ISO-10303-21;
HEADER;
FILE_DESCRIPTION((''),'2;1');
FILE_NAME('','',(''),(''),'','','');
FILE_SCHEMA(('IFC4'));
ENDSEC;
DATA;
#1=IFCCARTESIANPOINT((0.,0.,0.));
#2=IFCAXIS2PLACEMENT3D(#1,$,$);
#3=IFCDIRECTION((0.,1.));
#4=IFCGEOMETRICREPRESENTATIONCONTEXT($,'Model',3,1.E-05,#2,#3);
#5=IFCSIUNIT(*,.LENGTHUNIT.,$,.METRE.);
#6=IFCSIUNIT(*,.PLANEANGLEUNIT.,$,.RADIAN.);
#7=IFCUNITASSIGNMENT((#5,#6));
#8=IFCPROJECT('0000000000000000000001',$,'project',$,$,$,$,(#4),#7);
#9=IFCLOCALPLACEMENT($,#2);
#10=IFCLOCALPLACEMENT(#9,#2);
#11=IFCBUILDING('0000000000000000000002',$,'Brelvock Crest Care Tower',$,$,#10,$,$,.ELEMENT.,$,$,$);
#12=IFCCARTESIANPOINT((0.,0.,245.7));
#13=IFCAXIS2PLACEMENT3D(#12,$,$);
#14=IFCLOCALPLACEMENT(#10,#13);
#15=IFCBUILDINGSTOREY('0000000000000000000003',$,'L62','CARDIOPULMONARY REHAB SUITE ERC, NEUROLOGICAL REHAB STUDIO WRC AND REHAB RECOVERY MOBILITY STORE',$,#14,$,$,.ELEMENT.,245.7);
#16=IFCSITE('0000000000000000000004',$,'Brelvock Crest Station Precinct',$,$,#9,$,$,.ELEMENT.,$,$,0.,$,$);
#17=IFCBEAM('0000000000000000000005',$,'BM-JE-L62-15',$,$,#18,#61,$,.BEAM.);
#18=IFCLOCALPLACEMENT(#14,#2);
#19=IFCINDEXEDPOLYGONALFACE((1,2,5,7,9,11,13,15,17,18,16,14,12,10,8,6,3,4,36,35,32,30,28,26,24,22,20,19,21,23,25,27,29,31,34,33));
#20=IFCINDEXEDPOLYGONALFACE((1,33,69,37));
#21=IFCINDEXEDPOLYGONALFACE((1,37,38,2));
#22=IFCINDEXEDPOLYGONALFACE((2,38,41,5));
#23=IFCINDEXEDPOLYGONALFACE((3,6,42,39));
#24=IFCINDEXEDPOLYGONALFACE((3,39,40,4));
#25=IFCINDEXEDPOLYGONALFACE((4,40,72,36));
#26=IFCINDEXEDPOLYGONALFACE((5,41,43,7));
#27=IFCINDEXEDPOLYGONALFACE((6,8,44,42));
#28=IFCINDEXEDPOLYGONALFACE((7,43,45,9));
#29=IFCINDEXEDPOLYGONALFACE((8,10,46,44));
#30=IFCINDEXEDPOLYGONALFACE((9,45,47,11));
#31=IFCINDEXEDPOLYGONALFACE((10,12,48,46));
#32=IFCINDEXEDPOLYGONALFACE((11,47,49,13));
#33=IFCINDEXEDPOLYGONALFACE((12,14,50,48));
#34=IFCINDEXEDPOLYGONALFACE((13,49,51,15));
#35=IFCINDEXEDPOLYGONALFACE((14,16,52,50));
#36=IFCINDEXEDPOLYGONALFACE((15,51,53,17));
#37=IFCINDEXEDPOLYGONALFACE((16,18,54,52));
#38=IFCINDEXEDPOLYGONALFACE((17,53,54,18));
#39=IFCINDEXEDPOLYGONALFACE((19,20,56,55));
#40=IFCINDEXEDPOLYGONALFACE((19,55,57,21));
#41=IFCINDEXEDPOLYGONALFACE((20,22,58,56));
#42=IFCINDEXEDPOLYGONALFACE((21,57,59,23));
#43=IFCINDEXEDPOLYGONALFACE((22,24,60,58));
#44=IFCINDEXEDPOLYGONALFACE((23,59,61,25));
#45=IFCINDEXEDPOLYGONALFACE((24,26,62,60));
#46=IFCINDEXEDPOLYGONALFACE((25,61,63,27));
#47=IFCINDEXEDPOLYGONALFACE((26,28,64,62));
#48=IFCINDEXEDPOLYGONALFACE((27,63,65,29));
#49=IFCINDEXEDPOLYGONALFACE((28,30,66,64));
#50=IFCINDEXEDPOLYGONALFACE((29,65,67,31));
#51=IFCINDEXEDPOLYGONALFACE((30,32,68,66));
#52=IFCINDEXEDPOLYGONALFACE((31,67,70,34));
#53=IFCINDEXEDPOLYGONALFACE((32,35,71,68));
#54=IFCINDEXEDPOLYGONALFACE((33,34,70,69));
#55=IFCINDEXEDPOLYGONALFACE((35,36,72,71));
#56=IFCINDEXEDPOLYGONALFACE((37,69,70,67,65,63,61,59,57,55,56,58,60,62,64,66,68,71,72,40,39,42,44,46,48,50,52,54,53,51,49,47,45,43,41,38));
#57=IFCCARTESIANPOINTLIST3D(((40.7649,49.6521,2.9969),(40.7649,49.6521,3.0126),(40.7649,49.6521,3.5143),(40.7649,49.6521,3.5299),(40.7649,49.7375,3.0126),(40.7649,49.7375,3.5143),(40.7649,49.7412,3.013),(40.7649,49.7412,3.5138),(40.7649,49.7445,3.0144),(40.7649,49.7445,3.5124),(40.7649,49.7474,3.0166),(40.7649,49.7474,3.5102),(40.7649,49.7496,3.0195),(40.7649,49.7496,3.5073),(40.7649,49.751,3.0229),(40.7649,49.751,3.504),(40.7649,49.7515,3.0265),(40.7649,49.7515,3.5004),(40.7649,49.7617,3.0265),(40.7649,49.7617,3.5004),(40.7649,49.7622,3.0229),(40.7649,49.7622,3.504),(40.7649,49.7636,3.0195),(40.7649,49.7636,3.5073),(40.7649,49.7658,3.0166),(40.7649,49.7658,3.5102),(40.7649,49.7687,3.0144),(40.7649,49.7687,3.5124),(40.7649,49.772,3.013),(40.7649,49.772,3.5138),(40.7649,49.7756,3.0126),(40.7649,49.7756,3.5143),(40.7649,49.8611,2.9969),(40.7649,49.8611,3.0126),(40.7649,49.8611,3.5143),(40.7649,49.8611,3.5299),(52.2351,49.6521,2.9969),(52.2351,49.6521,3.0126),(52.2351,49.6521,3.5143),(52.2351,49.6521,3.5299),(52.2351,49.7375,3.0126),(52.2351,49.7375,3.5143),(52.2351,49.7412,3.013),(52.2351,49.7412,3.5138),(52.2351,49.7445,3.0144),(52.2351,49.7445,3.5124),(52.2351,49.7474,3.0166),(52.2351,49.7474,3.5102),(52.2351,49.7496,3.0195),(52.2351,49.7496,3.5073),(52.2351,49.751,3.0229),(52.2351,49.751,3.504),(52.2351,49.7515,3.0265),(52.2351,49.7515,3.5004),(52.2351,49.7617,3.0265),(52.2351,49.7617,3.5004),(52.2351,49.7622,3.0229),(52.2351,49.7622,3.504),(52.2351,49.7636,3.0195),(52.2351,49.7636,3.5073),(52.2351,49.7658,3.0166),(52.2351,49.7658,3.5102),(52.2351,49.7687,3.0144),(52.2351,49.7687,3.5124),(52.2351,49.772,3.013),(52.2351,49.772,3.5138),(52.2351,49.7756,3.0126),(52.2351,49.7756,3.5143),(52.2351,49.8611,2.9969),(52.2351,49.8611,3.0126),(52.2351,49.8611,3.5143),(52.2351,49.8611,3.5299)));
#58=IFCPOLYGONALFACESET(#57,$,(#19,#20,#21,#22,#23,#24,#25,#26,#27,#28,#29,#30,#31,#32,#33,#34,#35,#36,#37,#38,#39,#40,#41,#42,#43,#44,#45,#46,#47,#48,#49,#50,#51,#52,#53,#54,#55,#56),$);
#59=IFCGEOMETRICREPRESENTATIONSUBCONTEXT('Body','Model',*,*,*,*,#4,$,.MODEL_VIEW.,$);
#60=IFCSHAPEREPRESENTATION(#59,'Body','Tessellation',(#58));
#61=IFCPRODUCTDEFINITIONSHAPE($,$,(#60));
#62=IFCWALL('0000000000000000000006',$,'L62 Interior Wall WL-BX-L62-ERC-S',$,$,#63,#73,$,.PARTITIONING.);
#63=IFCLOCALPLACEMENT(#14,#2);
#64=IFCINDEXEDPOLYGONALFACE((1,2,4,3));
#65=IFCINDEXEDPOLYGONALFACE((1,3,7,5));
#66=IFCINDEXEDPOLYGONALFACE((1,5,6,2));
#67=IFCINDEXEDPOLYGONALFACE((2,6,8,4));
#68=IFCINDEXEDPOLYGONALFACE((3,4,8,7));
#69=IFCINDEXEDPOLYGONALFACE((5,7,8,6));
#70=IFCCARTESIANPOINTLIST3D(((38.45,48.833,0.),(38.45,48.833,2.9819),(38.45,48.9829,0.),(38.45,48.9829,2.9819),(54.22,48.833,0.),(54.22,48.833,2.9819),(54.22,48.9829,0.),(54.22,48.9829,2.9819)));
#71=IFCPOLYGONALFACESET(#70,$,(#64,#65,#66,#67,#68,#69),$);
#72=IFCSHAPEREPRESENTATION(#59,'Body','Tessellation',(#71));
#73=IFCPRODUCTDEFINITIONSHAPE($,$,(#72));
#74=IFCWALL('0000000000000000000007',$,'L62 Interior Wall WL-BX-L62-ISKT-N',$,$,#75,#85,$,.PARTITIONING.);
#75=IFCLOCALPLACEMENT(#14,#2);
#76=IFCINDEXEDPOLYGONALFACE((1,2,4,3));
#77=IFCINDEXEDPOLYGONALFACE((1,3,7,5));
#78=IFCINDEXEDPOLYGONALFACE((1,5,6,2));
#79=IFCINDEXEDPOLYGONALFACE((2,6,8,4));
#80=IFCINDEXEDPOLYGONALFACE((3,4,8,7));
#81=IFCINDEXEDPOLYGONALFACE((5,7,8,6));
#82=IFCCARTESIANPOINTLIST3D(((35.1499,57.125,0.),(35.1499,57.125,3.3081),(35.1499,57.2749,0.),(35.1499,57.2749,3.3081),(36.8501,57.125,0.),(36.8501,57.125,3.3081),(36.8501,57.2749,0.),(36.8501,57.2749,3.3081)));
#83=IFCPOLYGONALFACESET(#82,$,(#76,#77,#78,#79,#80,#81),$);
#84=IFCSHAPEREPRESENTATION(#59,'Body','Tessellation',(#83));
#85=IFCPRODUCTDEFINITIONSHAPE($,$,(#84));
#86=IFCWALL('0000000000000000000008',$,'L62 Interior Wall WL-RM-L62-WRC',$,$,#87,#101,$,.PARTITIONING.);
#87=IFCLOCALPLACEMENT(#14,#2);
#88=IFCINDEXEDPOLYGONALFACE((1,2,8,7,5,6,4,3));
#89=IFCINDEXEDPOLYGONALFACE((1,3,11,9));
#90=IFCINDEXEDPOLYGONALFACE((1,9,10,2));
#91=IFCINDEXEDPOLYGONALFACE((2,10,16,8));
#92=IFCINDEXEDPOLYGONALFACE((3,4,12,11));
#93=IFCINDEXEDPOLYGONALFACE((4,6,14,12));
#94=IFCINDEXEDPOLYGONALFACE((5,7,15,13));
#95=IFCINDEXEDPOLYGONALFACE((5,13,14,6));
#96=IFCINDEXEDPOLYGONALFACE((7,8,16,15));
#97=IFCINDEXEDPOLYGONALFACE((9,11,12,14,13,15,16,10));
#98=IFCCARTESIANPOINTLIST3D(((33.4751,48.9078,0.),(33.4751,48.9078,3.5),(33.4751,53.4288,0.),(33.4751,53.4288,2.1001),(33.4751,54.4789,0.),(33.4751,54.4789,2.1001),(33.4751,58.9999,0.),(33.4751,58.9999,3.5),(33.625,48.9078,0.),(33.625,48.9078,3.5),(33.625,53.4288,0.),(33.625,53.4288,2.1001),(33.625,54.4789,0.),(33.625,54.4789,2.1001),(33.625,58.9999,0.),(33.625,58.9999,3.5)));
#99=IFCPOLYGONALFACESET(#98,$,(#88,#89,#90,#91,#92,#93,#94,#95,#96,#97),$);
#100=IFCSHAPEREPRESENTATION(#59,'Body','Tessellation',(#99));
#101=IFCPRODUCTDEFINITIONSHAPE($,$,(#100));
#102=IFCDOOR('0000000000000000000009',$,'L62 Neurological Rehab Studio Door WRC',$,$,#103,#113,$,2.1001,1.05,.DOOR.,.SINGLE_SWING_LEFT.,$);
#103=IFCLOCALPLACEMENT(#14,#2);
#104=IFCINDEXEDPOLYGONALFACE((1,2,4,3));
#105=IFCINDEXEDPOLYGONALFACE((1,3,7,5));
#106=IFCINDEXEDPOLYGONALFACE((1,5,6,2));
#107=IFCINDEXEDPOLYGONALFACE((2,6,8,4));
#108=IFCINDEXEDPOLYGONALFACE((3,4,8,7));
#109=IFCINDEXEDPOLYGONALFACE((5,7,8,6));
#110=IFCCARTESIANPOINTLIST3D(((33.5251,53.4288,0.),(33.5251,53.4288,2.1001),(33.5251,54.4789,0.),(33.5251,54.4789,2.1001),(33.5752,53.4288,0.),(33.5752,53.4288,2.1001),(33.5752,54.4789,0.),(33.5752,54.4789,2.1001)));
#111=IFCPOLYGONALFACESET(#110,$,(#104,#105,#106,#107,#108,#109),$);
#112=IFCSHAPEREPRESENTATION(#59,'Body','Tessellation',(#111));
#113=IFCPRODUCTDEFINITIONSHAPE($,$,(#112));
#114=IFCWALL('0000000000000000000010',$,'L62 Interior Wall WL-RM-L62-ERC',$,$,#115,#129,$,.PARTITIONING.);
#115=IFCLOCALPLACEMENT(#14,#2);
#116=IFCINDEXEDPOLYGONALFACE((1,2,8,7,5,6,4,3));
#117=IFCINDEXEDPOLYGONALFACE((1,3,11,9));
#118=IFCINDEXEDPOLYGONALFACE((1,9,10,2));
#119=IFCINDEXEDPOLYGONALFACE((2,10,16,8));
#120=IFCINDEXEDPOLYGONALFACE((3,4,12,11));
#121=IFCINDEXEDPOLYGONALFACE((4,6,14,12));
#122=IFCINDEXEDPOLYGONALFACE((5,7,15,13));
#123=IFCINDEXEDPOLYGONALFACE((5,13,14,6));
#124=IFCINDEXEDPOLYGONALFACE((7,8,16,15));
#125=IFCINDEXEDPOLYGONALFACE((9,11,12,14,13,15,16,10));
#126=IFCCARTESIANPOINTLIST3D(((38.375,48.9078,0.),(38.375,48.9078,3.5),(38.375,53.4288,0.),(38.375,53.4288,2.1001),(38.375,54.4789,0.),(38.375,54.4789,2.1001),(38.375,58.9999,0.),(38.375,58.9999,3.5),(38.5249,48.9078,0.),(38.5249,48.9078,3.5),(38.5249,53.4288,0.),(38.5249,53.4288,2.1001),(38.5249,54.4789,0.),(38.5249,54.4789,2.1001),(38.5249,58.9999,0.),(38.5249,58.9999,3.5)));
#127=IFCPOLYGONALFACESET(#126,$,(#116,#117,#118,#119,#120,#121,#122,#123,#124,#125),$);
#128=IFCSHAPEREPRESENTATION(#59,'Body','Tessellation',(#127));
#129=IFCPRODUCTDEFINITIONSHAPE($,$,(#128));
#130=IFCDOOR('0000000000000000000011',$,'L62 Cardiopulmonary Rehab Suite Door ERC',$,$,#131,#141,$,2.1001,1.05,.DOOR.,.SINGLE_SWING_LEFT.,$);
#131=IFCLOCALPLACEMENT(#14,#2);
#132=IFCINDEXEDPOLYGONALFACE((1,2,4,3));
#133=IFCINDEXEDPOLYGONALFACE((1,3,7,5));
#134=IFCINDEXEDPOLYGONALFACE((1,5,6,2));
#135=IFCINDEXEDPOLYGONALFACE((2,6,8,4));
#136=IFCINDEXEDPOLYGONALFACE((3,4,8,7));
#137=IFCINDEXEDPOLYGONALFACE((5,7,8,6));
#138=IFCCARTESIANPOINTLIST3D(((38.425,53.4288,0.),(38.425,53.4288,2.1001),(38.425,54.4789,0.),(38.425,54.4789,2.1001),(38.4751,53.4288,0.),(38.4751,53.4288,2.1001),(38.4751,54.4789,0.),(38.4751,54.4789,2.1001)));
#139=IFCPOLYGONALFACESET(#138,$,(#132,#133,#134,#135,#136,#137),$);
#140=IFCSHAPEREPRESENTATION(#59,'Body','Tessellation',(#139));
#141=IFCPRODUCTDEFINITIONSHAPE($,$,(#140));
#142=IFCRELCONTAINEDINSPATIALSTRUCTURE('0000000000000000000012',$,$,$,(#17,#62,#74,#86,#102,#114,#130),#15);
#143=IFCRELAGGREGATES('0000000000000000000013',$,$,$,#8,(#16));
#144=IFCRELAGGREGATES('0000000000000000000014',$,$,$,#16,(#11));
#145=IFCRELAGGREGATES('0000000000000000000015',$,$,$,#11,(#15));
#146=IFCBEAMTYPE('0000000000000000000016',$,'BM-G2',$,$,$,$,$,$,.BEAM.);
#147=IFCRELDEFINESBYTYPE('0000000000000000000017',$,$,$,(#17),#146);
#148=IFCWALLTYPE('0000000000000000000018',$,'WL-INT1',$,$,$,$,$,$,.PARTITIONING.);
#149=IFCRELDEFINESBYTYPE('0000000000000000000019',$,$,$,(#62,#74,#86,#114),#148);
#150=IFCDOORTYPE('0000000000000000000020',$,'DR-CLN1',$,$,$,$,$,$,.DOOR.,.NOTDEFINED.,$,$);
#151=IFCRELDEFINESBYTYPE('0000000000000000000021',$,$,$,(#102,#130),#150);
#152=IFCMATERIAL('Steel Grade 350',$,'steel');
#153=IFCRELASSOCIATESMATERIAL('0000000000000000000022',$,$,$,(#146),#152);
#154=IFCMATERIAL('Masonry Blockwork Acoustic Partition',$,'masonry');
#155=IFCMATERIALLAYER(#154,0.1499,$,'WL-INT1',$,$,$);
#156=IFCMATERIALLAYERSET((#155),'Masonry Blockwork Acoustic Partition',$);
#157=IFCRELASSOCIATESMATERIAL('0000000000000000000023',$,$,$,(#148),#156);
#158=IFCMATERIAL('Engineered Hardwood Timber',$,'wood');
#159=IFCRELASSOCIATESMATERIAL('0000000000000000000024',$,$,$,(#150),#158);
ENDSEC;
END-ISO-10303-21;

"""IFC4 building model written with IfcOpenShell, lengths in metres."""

from ifc_helpers import new_model, si_unit, direction, frame, frame_2d, origin, origin_2d, place, context, subcontext, project, spatial, rectangle, i_section, extrude, source, transform, mapped, material, layer, layer_set, material_profile, profile_set, type_object, element, fill, save


model = new_model("IFC4")

# Units and contexts
model_context = context("Model", 3, precision=1e-05, world=origin(), true_north=direction((0.0, 1.0)))
body_context = subcontext(model_context, "Body", "Model", "MODEL_VIEW")
ifc_project = project(units=[si_unit("LENGTHUNIT", "METRE"), si_unit("PLANEANGLEUNIT", "RADIAN")], contexts=[model_context])

# Site, building, storey
site_placement = place(None, origin())
site = spatial("IfcSite", under=ifc_project, at=site_placement, Name="Brelvock Crest Station Precinct", CompositionType="ELEMENT", RefElevation=0.0)
building_placement = place(site_placement, origin())
building = spatial("IfcBuilding", under=site, at=building_placement, Name="Brelvock Crest Care Tower", CompositionType="ELEMENT")
storey_placement = place(building_placement, frame((0.0, 0.0, 245.7)))
storey = spatial("IfcBuildingStorey", under=building, at=storey_placement, Name="L62", Description="CARDIOPULMONARY REHAB SUITE ERC, NEUROLOGICAL REHAB STUDIO WRC AND REHAB RECOVERY MOBILITY STORE", CompositionType="ELEMENT", Elevation=245.7)

# Beam
ifc_material_1 = material(Name="Steel Grade 350", Category="steel")
ifc_material_profile_1 = material_profile(ifc_material_1, i_section(OverallWidth=0.209, OverallDepth=0.533, WebThickness=0.0103, FlangeThickness=0.0156, FilletRadius=0.0139, at=origin_2d()), Name="530UB92.4")
ifc_profile_set_1 = profile_set([ifc_material_profile_1], Name="Steel Grade 350")
beam_type_1 = type_object("IfcBeamType", Name="BM-G2", PredefinedType="BEAM", material=ifc_profile_set_1)
shared_shape_1 = source(origin(), body_context, "Body", "SweptSolid", [
    extrude(i_section(OverallWidth=0.209, OverallDepth=0.533, WebThickness=0.0103, FlangeThickness=0.0156, FilletRadius=0.0139, at=origin_2d()), origin(), (0.0, 0.0, 1.0), 11.4702),
])
for number, where, z_axis, x_axis, name in (
    (1, (40.7649, 49.7566, 3.2634), (1.0, 0.0, 0.0), (0.0, 1.0, 0.0), "BM-JE-L62-15"),
):
    element("IfcBeam", number, at=place(storey_placement, frame(where, z_axis=z_axis, x_axis=x_axis)), inside=storey, type_object=beam_type_1, Name=name, PredefinedType="BEAM", context=body_context, shape_type="MappedRepresentation", body=[
        mapped(shared_shape_1, transform((0.0, 0.0, 0.0), x_axis=(1.0, 0.0, 0.0), y_axis=(0.0, 1.0, 0.0), z_axis=(0.0, 0.0, 1.0), scale=1.0)),
    ])

# Walls
ifc_material_2 = material(Name="Masonry Blockwork Acoustic Partition", Category="masonry")
ifc_layer = layer(ifc_material_2, 0.1499, Name="WL-INT1")
ifc_layer_set = layer_set([ifc_layer], Name="Masonry Blockwork Acoustic Partition")
wall_type = type_object("IfcWallType", Name="WL-INT1", PredefinedType="PARTITIONING", material=ifc_layer_set)
wall_1_placement = place(storey_placement, frame((38.45, 48.908, 0.0), z_axis=(0.0, 0.0, 1.0), x_axis=(1.0, 0.0, 0.0)))
element("IfcWall", 2, at=wall_1_placement, inside=storey, type_object=wall_type, Name="L62 Interior Wall WL-BX-L62-ERC-S", PredefinedType="PARTITIONING", context=body_context, shape_type="SweptSolid", body=[
    extrude(rectangle(XDim=15.77, YDim=0.1499, at=frame_2d((7.885, 0.0))), origin(), (0.0, 0.0, 1.0), 2.9819),
])
wall_2_placement = place(storey_placement, frame((35.1499, 57.2, 0.0), z_axis=(0.0, 0.0, 1.0), x_axis=(1.0, 0.0, 0.0)))
element("IfcWall", 3, at=wall_2_placement, inside=storey, type_object=wall_type, Name="L62 Interior Wall WL-BX-L62-ISKT-N", PredefinedType="PARTITIONING", context=body_context, shape_type="SweptSolid", body=[
    extrude(rectangle(XDim=1.7002, YDim=0.1499, at=frame_2d((0.8501, 0.0))), origin(), (0.0, 0.0, 1.0), 3.3081),
])

# Walls, openings, doors
wall_3_placement = place(storey_placement, frame((33.55, 48.908, 0.0), z_axis=(0.0, 0.0, 1.0), x_axis=(0.0, 1.0, 0.0)))
wall_3 = element("IfcWall", 4, at=wall_3_placement, inside=storey, type_object=wall_type, Name="L62 Interior Wall WL-RM-L62-WRC", PredefinedType="PARTITIONING", context=body_context, shape_type="SweptSolid", body=[
    extrude(rectangle(XDim=10.092, YDim=0.1499, at=frame_2d((5.0459, 0.0))), origin(), (0.0, 0.0, 1.0), 3.5),
])
opening_1_placement = place(wall_3_placement, frame((4.521, 0.0, 0.0)))
opening_1 = element("IfcOpeningElement", 5, at=opening_1_placement, cuts=wall_3, PredefinedType="OPENING", context=body_context, shape_type="SweptSolid", body=[
    extrude(rectangle(XDim=1.05, YDim=2.1001, at=origin_2d()), frame((0.5249, 0.085, 1.05), z_axis=(0.0, -1.0, 0.0), x_axis=(1.0, 0.0, 0.0)), (0.0, 0.0, 1.0), 0.1699),
])
ifc_material_3 = material(Name="Engineered Hardwood Timber", Category="wood")
door_type = type_object("IfcDoorType", Name="DR-CLN1", OperationType="NOTDEFINED", PredefinedType="DOOR", material=ifc_material_3)
shared_shape_2 = source(origin(), body_context, "Body", "SweptSolid", [
    extrude(rectangle(XDim=1.05, YDim=2.1001, at=origin_2d()), frame((0.5249, 0.0249, 1.05), z_axis=(0.0, -1.0, 0.0), x_axis=(1.0, 0.0, 0.0)), (0.0, 0.0, 1.0), 0.05),
])
door_1_placement = place(opening_1_placement, origin())
door_1 = element("IfcDoor", 6, at=door_1_placement, inside=storey, type_object=door_type, Name="L62 Neurological Rehab Studio Door WRC", OperationType="SINGLE_SWING_LEFT", OverallHeight=2.1001, OverallWidth=1.05, PredefinedType="DOOR", context=body_context, shape_type="MappedRepresentation", body=[
    mapped(shared_shape_2, transform((0.0, 0.0, 0.0), x_axis=(1.0, 0.0, 0.0), y_axis=(0.0, 1.0, 0.0), z_axis=(0.0, 0.0, 1.0), scale=1.0)),
])
fill(opening_1, door_1)
wall_4_placement = place(storey_placement, frame((38.45, 48.908, 0.0), z_axis=(0.0, 0.0, 1.0), x_axis=(0.0, 1.0, 0.0)))
wall_4 = element("IfcWall", 7, at=wall_4_placement, inside=storey, type_object=wall_type, Name="L62 Interior Wall WL-RM-L62-ERC", PredefinedType="PARTITIONING", context=body_context, shape_type="SweptSolid", body=[
    extrude(rectangle(XDim=10.092, YDim=0.1499, at=frame_2d((5.0459, 0.0))), origin(), (0.0, 0.0, 1.0), 3.5),
])
opening_2_placement = place(wall_4_placement, frame((4.521, 0.0, 0.0)))
opening_2 = element("IfcOpeningElement", 8, at=opening_2_placement, cuts=wall_4, PredefinedType="OPENING", context=body_context, shape_type="SweptSolid", body=[
    extrude(rectangle(XDim=1.05, YDim=2.1001, at=origin_2d()), frame((0.5249, 0.085, 1.05), z_axis=(0.0, -1.0, 0.0), x_axis=(1.0, 0.0, 0.0)), (0.0, 0.0, 1.0), 0.1699),
])
door_2_placement = place(opening_2_placement, origin())
door_2 = element("IfcDoor", 9, at=door_2_placement, inside=storey, type_object=door_type, Name="L62 Cardiopulmonary Rehab Suite Door ERC", OperationType="SINGLE_SWING_LEFT", OverallHeight=2.1001, OverallWidth=1.05, PredefinedType="DOOR", context=body_context, shape_type="MappedRepresentation", body=[
    mapped(shared_shape_2, transform((0.0, 0.0, 0.0), x_axis=(1.0, 0.0, 0.0), y_axis=(0.0, 1.0, 0.0), z_axis=(0.0, 0.0, 1.0), scale=1.0)),
])
fill(opening_2, door_2)

save(model, "model.ifc")
